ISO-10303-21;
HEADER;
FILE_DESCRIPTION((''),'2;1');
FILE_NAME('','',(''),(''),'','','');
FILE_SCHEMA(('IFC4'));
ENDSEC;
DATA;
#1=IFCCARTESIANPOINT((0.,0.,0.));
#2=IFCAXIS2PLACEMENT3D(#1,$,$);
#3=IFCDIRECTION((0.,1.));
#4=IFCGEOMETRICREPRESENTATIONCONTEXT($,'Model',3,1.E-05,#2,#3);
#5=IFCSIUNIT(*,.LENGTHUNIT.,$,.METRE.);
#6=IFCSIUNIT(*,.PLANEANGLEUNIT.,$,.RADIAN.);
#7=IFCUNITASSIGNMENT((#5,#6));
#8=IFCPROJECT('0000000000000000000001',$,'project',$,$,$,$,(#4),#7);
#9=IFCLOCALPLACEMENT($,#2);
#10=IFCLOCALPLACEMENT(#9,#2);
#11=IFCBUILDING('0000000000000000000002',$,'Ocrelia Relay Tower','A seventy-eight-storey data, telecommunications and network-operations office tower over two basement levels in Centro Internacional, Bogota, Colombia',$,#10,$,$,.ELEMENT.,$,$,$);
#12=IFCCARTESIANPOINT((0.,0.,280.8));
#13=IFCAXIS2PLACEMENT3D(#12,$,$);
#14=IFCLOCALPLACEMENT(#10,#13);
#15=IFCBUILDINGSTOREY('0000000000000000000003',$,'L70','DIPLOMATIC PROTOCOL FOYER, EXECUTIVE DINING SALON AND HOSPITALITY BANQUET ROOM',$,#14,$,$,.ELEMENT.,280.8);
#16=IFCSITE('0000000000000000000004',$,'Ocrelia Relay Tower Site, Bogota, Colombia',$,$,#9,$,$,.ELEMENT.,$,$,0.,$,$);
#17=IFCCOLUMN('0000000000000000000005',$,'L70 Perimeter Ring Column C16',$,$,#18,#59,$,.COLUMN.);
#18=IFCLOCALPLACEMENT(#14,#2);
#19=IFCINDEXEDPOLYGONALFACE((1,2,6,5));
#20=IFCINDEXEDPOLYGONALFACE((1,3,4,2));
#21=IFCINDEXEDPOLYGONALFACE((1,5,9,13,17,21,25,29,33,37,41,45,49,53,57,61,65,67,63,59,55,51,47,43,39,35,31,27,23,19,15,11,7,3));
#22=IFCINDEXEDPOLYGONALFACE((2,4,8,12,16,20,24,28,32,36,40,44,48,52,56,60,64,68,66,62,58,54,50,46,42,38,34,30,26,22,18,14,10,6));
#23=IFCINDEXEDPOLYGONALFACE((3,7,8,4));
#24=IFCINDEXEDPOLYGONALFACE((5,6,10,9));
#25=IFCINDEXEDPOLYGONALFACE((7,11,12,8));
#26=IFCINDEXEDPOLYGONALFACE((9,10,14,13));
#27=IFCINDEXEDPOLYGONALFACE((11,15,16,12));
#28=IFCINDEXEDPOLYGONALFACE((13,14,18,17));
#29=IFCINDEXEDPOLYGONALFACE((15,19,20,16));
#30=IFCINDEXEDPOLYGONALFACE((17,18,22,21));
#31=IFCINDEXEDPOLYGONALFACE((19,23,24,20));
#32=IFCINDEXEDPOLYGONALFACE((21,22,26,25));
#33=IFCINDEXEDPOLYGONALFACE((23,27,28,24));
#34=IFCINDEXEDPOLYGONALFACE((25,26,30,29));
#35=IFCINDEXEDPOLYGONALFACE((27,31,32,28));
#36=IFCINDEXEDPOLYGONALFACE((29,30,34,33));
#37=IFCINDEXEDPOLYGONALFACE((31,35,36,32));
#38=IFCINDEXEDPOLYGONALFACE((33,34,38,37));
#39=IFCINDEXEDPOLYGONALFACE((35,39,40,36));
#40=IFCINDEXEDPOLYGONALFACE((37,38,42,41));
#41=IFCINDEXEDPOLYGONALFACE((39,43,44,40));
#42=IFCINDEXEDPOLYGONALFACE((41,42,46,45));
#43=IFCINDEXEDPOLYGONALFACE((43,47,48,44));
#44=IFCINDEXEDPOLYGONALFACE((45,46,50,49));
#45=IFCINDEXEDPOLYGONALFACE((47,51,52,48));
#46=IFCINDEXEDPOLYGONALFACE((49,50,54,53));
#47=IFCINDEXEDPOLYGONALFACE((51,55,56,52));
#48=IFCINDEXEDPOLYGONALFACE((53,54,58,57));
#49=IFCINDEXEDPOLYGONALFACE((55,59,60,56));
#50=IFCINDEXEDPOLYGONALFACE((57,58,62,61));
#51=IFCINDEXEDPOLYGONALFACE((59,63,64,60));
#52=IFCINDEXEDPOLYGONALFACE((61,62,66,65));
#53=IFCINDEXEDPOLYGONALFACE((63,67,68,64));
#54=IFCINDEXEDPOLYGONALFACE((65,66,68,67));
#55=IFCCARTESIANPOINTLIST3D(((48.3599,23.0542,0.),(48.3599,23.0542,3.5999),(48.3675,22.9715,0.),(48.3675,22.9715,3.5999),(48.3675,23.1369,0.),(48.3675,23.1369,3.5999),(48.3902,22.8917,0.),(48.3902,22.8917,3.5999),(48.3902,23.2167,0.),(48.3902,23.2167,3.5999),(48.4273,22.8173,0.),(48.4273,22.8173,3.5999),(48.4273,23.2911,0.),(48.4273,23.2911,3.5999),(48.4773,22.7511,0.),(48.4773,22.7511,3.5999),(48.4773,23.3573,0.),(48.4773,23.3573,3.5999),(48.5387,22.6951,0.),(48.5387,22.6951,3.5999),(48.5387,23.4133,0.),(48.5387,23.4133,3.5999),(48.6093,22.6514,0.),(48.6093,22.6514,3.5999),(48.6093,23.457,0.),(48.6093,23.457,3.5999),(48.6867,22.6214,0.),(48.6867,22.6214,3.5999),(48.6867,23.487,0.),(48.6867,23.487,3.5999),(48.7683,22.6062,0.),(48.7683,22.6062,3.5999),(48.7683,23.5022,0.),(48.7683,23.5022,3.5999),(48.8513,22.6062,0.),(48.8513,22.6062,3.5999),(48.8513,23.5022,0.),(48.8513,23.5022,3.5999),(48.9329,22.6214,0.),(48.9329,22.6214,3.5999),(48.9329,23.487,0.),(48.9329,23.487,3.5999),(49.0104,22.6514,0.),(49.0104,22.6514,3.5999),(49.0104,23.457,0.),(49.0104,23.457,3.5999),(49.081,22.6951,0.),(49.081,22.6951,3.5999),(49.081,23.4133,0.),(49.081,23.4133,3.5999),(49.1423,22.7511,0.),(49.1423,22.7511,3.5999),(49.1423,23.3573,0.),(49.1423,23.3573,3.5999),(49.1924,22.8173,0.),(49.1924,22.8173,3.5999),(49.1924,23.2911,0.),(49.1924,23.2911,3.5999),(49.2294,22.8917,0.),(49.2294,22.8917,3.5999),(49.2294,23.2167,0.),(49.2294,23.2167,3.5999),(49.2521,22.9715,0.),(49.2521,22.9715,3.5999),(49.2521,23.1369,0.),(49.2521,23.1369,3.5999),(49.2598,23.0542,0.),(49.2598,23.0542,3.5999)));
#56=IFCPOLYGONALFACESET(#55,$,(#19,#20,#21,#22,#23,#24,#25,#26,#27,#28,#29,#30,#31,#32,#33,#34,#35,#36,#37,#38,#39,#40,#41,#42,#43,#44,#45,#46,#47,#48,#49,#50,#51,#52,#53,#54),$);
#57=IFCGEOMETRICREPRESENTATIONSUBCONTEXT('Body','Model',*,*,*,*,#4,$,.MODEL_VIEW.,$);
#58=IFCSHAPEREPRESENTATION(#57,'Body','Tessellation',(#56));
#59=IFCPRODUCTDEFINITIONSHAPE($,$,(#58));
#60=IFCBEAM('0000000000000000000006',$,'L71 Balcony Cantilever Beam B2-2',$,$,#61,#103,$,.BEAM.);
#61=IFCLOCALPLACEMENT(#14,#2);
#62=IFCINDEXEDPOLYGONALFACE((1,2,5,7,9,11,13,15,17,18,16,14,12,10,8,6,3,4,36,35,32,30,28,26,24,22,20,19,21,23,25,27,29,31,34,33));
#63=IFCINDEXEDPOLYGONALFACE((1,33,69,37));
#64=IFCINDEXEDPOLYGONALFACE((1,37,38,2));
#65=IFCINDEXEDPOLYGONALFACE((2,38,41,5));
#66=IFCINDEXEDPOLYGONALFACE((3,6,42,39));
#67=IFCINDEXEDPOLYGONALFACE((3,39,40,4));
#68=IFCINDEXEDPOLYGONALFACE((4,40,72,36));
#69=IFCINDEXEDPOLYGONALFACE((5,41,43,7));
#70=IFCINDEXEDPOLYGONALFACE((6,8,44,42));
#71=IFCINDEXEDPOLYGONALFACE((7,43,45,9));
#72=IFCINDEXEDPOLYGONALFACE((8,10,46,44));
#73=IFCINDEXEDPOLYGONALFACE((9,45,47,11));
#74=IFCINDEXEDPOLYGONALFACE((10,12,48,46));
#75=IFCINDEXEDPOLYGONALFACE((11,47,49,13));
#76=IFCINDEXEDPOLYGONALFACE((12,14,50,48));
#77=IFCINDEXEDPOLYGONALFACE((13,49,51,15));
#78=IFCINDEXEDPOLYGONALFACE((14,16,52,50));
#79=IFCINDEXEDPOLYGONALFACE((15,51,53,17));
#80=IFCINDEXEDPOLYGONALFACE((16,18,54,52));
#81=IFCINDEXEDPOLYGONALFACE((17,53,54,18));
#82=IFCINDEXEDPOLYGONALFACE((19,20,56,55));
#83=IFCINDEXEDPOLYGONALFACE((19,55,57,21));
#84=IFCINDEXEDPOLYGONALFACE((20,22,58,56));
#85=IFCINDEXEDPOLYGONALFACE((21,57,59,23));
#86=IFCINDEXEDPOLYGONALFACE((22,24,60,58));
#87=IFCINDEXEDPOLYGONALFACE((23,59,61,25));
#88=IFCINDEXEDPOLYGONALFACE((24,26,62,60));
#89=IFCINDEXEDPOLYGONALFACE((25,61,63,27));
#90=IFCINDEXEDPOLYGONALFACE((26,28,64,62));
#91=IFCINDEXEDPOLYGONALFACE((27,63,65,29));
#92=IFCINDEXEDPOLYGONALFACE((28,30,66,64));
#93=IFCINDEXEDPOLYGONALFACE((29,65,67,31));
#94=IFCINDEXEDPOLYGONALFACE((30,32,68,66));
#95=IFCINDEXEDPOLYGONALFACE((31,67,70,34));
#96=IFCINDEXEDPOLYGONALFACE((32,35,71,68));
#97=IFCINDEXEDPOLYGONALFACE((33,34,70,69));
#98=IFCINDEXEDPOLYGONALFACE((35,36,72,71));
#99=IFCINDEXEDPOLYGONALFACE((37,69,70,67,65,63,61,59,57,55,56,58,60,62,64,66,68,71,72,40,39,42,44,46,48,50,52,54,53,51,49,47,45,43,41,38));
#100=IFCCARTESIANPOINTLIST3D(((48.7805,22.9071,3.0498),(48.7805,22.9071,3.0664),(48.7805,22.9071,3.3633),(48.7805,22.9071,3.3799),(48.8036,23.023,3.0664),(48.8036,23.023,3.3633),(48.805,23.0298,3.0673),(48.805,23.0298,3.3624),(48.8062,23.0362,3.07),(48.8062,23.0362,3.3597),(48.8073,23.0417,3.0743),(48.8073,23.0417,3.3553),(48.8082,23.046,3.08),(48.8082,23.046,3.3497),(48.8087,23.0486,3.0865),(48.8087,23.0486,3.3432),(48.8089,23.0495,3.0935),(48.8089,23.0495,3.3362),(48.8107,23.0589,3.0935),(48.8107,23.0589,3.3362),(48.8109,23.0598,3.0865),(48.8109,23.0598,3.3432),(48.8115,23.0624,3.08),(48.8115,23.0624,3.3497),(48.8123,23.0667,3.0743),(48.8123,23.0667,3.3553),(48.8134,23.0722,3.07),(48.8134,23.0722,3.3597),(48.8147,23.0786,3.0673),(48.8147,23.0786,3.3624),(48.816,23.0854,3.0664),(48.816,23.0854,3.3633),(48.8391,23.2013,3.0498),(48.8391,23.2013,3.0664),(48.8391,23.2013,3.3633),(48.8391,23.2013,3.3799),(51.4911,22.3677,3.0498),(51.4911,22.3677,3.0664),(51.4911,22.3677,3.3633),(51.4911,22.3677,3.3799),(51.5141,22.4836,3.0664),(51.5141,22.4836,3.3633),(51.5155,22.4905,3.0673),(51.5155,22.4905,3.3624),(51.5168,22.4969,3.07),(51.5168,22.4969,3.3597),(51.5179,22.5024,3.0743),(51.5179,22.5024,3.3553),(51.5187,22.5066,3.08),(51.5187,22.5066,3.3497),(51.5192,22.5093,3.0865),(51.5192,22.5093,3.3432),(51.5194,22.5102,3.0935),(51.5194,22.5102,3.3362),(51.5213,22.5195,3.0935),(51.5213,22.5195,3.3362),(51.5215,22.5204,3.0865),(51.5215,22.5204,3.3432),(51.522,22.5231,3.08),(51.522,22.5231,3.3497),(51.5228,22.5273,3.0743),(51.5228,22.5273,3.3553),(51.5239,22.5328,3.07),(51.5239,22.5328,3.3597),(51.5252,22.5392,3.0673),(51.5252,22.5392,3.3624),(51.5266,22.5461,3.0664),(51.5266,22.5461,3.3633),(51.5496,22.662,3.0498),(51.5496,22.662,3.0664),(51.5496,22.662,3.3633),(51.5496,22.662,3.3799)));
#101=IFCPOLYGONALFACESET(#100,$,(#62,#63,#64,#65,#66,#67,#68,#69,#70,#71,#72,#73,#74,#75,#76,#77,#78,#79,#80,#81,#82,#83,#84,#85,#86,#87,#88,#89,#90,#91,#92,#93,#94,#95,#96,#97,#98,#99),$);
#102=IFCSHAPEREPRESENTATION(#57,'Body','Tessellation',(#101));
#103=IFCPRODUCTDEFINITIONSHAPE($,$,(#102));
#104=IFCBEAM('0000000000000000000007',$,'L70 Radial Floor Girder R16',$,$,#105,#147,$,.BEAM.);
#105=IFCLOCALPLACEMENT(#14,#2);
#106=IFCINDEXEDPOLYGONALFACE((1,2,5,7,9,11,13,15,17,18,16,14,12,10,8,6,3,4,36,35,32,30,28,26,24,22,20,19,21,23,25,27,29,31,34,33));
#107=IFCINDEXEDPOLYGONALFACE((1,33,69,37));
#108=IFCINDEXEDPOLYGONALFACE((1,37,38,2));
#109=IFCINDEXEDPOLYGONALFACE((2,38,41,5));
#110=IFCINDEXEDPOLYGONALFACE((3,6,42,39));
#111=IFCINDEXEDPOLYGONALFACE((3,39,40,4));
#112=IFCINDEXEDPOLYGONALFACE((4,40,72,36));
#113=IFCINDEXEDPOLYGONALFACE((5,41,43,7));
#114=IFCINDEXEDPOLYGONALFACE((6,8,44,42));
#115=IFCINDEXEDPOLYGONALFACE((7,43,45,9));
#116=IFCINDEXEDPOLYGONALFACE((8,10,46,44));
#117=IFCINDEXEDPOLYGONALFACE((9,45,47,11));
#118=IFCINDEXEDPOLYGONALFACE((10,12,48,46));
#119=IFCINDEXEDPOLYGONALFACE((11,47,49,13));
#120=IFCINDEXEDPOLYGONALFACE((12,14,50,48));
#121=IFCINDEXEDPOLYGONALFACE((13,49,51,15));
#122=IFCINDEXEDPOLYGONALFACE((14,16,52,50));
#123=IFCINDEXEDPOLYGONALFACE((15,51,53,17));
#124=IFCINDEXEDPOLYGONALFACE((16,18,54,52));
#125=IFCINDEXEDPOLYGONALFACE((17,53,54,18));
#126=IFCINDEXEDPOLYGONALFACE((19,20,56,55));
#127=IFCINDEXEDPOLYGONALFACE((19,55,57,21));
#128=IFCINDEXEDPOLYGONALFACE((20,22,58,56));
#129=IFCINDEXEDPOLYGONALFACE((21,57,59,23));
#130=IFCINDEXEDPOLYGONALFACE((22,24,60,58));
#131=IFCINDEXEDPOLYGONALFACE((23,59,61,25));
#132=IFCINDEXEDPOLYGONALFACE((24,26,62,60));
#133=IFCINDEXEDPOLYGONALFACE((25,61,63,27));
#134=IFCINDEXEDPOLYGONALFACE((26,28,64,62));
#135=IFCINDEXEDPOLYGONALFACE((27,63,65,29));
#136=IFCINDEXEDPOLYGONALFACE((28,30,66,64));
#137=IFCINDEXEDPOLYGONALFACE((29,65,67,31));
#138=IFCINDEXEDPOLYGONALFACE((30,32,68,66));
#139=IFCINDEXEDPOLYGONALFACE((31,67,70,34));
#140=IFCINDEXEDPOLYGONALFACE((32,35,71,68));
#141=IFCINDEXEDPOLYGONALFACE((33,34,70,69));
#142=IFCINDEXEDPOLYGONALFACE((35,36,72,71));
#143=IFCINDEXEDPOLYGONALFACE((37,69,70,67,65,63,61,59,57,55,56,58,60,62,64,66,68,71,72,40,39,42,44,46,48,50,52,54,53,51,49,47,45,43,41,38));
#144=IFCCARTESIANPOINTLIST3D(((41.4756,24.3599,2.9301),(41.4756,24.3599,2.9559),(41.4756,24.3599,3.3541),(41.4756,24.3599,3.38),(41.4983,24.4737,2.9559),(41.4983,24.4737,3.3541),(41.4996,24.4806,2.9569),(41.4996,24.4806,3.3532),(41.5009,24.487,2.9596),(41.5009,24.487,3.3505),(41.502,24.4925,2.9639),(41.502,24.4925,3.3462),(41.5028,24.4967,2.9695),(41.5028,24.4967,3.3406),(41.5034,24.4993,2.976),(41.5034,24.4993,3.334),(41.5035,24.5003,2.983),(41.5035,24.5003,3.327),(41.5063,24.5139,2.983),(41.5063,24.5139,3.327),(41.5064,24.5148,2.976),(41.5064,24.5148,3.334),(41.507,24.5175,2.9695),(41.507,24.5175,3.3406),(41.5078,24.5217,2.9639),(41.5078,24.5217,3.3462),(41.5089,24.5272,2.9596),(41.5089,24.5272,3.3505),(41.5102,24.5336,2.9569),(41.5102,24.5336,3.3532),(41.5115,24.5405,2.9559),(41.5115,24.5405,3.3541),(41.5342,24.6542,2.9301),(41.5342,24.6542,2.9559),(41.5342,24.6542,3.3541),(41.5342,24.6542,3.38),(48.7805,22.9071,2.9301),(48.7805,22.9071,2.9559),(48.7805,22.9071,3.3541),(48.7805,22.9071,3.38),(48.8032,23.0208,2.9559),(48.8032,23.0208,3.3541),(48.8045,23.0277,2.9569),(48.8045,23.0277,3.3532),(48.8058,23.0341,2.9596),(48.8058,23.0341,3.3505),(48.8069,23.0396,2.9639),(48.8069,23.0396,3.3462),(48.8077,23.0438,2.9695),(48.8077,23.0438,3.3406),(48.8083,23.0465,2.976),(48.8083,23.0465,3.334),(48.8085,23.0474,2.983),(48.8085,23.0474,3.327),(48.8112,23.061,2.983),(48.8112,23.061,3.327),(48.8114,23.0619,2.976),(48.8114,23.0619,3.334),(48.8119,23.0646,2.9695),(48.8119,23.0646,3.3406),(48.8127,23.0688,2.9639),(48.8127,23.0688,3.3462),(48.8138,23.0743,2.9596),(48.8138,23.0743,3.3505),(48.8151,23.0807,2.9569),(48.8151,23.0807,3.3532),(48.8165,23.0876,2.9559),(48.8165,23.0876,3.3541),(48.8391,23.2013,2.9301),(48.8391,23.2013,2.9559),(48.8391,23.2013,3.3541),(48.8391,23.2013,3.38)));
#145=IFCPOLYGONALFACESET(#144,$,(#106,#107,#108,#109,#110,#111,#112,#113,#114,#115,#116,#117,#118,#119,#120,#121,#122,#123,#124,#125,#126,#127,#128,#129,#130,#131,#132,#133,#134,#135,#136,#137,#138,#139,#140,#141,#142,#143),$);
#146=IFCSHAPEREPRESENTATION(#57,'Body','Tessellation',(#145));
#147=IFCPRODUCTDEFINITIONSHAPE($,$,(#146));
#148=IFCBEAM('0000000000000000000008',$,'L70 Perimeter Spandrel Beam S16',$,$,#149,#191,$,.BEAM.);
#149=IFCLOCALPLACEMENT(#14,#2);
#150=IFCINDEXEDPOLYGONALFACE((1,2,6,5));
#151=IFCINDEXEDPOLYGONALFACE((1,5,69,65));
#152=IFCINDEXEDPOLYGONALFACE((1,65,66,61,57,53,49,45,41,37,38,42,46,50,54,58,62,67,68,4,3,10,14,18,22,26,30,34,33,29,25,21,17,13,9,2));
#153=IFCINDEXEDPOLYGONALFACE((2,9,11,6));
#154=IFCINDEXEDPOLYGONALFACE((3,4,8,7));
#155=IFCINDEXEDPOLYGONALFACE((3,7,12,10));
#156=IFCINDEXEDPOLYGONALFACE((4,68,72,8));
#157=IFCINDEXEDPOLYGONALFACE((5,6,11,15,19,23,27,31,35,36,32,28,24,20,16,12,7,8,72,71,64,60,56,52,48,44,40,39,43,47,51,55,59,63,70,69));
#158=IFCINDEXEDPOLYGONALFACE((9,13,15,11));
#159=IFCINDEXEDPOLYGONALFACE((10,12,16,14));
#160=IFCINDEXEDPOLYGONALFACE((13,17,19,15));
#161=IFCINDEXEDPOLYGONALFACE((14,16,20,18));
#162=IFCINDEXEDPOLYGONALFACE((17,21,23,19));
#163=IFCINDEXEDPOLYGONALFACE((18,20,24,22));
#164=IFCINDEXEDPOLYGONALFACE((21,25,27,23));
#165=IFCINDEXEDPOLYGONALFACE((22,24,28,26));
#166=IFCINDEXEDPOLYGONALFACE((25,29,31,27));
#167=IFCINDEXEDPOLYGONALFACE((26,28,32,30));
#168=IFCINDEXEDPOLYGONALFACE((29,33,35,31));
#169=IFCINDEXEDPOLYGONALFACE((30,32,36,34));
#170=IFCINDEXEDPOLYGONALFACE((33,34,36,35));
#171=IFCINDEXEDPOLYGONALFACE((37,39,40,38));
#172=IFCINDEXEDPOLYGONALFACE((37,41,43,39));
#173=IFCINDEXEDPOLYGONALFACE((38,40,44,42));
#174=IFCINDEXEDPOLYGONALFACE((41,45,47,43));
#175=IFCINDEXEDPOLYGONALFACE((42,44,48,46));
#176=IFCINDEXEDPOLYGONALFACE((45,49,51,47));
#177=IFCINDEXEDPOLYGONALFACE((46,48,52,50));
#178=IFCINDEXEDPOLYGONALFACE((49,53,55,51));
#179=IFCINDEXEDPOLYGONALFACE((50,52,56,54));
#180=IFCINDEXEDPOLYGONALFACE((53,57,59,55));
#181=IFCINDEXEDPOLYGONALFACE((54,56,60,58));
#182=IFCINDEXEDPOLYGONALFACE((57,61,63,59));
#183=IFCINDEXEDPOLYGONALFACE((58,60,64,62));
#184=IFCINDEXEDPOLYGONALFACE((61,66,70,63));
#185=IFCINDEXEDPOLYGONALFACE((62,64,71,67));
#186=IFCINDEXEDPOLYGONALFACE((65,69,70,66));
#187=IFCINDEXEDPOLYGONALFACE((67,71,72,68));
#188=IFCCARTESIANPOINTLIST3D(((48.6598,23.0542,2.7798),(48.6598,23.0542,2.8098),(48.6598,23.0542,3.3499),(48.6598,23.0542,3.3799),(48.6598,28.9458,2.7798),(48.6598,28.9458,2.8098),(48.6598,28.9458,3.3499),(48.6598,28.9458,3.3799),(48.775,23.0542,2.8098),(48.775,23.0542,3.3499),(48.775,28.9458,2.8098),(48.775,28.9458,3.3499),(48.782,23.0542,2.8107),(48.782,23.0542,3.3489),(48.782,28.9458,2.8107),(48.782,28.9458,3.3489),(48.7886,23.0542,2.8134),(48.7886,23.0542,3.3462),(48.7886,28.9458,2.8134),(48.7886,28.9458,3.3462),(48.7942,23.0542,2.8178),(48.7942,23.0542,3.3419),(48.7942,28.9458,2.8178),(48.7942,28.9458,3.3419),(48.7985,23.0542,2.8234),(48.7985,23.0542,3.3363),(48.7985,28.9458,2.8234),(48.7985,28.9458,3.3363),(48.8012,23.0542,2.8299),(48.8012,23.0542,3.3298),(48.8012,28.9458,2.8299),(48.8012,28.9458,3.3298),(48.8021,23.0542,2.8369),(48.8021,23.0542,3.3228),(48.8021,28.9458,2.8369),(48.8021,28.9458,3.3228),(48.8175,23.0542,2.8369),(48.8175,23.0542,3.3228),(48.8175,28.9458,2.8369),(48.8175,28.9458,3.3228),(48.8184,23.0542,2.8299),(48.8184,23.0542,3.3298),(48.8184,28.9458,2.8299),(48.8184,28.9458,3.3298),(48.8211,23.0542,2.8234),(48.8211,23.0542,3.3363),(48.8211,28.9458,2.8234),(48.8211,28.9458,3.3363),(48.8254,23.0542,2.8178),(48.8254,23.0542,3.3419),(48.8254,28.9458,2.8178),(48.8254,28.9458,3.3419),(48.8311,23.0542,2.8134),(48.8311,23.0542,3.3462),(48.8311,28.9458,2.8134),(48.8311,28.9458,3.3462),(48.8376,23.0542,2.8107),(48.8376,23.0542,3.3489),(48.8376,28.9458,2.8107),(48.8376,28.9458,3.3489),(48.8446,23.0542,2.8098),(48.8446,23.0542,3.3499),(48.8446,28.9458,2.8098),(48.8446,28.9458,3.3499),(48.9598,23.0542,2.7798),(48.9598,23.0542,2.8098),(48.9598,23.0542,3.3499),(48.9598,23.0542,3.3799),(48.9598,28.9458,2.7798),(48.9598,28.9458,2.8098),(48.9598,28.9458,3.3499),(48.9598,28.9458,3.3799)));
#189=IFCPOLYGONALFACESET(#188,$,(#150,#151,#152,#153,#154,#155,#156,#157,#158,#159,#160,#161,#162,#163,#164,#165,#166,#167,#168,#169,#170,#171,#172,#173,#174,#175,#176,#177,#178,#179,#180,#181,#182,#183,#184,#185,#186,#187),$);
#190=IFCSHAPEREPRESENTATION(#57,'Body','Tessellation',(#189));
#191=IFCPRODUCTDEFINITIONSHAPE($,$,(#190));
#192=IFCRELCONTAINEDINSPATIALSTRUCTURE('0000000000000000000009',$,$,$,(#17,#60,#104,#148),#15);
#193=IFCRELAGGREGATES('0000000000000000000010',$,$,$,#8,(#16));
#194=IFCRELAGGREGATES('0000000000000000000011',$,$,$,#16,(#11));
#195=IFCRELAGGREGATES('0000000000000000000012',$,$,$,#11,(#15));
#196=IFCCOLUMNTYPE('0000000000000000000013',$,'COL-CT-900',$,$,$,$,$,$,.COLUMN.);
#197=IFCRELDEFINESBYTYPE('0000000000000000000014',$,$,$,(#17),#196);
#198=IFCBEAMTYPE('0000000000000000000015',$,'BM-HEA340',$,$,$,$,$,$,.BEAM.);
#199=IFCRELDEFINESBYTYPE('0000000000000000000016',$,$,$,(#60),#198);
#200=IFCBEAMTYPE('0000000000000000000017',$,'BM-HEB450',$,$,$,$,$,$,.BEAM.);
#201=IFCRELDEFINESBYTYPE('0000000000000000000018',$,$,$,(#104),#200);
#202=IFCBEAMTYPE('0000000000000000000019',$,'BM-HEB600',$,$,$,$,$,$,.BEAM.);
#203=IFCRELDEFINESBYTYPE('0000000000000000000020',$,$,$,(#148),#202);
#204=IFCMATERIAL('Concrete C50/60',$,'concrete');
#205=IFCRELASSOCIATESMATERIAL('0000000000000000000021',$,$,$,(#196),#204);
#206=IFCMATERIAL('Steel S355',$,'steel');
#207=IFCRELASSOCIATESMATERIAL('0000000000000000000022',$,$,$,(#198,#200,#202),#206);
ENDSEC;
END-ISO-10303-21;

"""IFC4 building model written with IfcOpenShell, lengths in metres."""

from ifc_helpers import new_model, si_unit, direction, frame, origin, origin_2d, place, context, subcontext, project, spatial, circle, i_section, extrude, material, material_profile, profile_set, type_object, element, save


model = new_model("IFC4")

# Units and contexts
model_context = context("Model", 3, precision=1e-05, world=origin(), true_north=direction((0.0, 1.0)))
body_context = subcontext(model_context, "Body", "Model", "MODEL_VIEW")
ifc_project = project(units=[si_unit("LENGTHUNIT", "METRE"), si_unit("PLANEANGLEUNIT", "RADIAN")], contexts=[model_context])

# Site, building, storey
site_placement = place(None, origin())
site = spatial("IfcSite", under=ifc_project, at=site_placement, Name="Ocrelia Relay Tower Site, Bogota, Colombia", CompositionType="ELEMENT", RefElevation=0.0)
building_placement = place(site_placement, origin())
building = spatial("IfcBuilding", under=site, at=building_placement, Name="Ocrelia Relay Tower", Description="A seventy-eight-storey data, telecommunications and network-operations office tower over two basement levels in Centro Internacional, Bogota, Colombia", CompositionType="ELEMENT")
storey_placement = place(building_placement, frame((0.0, 0.0, 280.8)))
storey = spatial("IfcBuildingStorey", under=building, at=storey_placement, Name="L70", Description="DIPLOMATIC PROTOCOL FOYER, EXECUTIVE DINING SALON AND HOSPITALITY BANQUET ROOM", CompositionType="ELEMENT", Elevation=280.8)

# Column
ifc_material_1 = material(Name="Concrete C50/60", Category="concrete")
ifc_material_profile_1 = material_profile(ifc_material_1, circle(Radius=0.45, at=origin_2d()), Name="RC-CIR-900")
ifc_profile_set_1 = profile_set([ifc_material_profile_1], Name="Concrete C50/60")
column_type = type_object("IfcColumnType", Name="COL-CT-900", PredefinedType="COLUMN", material=ifc_profile_set_1)
column_placement = place(storey_placement, frame((48.8098, 23.0542, 0.0), z_axis=(0.0, 0.0, 1.0), x_axis=(1.0, 0.0, 0.0)))
element("IfcColumn", 1, at=column_placement, inside=storey, type_object=column_type, Name="L70 Perimeter Ring Column C16", PredefinedType="COLUMN", context=body_context, shape_type="SweptSolid", body=[
    extrude(circle(Radius=0.45, at=origin_2d()), origin(), (0.0, 0.0, 1.0), 3.5999),
])

# Beams
ifc_material_2 = material(Name="Steel S355", Category="steel")
ifc_material_profile_2 = material_profile(ifc_material_2, i_section(OverallWidth=0.3, OverallDepth=0.3301, WebThickness=0.0095, FlangeThickness=0.0166, FilletRadius=0.0271, at=origin_2d()), Name="HEA 340")
ifc_profile_set_2 = profile_set([ifc_material_profile_2], Name="Steel S355")
beam_type_1 = type_object("IfcBeamType", Name="BM-HEA340", PredefinedType="BEAM", material=ifc_profile_set_2)
beam_1_placement = place(storey_placement, frame((48.8098, 23.0542, 3.2148), z_axis=(0.980774, -0.195148, 0.0), x_axis=(0.195148, 0.980774, 0.0)))
element("IfcBeam", 2, at=beam_1_placement, inside=storey, type_object=beam_type_1, Name="L71 Balcony Cantilever Beam B2-2", PredefinedType="BEAM", context=body_context, shape_type="SweptSolid", body=[
    extrude(i_section(OverallWidth=0.3, OverallDepth=0.3301, WebThickness=0.0095, FlangeThickness=0.0166, FilletRadius=0.0271, at=origin_2d()), origin(), (0.0, 0.0, 1.0), 2.7637),
])
ifc_material_profile_3 = material_profile(ifc_material_2, i_section(OverallWidth=0.3, OverallDepth=0.45, WebThickness=0.0139, FlangeThickness=0.0259, FilletRadius=0.0271, at=origin_2d()), Name="HEB 450")
ifc_profile_set_3 = profile_set([ifc_material_profile_3], Name="Steel S355")
beam_type_2 = type_object("IfcBeamType", Name="BM-HEB450", PredefinedType="BEAM", material=ifc_profile_set_3)
beam_2_placement = place(storey_placement, frame((48.8098, 23.0542, 3.155), z_axis=(-0.980789, 0.19507, 0.0), x_axis=(-0.19507, -0.980789, 0.0)))
element("IfcBeam", 3, at=beam_2_placement, inside=storey, type_object=beam_type_2, Name="L70 Radial Floor Girder R16", PredefinedType="BEAM", context=body_context, shape_type="SweptSolid", body=[
    extrude(i_section(OverallWidth=0.3, OverallDepth=0.45, WebThickness=0.0139, FlangeThickness=0.0259, FilletRadius=0.0271, at=origin_2d()), origin(), (0.0, 0.0, 1.0), 7.448),
])
ifc_material_profile_4 = material_profile(ifc_material_2, i_section(OverallWidth=0.3, OverallDepth=0.6001, WebThickness=0.0154, FlangeThickness=0.03, FilletRadius=0.0271, at=origin_2d()), Name="HEB 600")
ifc_profile_set_4 = profile_set([ifc_material_profile_4], Name="Steel S355")
beam_type_3 = type_object("IfcBeamType", Name="BM-HEB600", PredefinedType="BEAM", material=ifc_profile_set_4)
beam_3_placement = place(storey_placement, frame((48.8098, 23.0542, 3.0798), z_axis=(0.0, 1.0, 0.0), x_axis=(-1.0, 0.0, 0.0)))
element("IfcBeam", 4, at=beam_3_placement, inside=storey, type_object=beam_type_3, Name="L70 Perimeter Spandrel Beam S16", PredefinedType="BEAM", context=body_context, shape_type="SweptSolid", body=[
    extrude(i_section(OverallWidth=0.3, OverallDepth=0.6001, WebThickness=0.0154, FlangeThickness=0.03, FilletRadius=0.0271, at=origin_2d()), origin(), (0.0, 0.0, 1.0), 5.8916),
])

save(model, "model.ifc")
